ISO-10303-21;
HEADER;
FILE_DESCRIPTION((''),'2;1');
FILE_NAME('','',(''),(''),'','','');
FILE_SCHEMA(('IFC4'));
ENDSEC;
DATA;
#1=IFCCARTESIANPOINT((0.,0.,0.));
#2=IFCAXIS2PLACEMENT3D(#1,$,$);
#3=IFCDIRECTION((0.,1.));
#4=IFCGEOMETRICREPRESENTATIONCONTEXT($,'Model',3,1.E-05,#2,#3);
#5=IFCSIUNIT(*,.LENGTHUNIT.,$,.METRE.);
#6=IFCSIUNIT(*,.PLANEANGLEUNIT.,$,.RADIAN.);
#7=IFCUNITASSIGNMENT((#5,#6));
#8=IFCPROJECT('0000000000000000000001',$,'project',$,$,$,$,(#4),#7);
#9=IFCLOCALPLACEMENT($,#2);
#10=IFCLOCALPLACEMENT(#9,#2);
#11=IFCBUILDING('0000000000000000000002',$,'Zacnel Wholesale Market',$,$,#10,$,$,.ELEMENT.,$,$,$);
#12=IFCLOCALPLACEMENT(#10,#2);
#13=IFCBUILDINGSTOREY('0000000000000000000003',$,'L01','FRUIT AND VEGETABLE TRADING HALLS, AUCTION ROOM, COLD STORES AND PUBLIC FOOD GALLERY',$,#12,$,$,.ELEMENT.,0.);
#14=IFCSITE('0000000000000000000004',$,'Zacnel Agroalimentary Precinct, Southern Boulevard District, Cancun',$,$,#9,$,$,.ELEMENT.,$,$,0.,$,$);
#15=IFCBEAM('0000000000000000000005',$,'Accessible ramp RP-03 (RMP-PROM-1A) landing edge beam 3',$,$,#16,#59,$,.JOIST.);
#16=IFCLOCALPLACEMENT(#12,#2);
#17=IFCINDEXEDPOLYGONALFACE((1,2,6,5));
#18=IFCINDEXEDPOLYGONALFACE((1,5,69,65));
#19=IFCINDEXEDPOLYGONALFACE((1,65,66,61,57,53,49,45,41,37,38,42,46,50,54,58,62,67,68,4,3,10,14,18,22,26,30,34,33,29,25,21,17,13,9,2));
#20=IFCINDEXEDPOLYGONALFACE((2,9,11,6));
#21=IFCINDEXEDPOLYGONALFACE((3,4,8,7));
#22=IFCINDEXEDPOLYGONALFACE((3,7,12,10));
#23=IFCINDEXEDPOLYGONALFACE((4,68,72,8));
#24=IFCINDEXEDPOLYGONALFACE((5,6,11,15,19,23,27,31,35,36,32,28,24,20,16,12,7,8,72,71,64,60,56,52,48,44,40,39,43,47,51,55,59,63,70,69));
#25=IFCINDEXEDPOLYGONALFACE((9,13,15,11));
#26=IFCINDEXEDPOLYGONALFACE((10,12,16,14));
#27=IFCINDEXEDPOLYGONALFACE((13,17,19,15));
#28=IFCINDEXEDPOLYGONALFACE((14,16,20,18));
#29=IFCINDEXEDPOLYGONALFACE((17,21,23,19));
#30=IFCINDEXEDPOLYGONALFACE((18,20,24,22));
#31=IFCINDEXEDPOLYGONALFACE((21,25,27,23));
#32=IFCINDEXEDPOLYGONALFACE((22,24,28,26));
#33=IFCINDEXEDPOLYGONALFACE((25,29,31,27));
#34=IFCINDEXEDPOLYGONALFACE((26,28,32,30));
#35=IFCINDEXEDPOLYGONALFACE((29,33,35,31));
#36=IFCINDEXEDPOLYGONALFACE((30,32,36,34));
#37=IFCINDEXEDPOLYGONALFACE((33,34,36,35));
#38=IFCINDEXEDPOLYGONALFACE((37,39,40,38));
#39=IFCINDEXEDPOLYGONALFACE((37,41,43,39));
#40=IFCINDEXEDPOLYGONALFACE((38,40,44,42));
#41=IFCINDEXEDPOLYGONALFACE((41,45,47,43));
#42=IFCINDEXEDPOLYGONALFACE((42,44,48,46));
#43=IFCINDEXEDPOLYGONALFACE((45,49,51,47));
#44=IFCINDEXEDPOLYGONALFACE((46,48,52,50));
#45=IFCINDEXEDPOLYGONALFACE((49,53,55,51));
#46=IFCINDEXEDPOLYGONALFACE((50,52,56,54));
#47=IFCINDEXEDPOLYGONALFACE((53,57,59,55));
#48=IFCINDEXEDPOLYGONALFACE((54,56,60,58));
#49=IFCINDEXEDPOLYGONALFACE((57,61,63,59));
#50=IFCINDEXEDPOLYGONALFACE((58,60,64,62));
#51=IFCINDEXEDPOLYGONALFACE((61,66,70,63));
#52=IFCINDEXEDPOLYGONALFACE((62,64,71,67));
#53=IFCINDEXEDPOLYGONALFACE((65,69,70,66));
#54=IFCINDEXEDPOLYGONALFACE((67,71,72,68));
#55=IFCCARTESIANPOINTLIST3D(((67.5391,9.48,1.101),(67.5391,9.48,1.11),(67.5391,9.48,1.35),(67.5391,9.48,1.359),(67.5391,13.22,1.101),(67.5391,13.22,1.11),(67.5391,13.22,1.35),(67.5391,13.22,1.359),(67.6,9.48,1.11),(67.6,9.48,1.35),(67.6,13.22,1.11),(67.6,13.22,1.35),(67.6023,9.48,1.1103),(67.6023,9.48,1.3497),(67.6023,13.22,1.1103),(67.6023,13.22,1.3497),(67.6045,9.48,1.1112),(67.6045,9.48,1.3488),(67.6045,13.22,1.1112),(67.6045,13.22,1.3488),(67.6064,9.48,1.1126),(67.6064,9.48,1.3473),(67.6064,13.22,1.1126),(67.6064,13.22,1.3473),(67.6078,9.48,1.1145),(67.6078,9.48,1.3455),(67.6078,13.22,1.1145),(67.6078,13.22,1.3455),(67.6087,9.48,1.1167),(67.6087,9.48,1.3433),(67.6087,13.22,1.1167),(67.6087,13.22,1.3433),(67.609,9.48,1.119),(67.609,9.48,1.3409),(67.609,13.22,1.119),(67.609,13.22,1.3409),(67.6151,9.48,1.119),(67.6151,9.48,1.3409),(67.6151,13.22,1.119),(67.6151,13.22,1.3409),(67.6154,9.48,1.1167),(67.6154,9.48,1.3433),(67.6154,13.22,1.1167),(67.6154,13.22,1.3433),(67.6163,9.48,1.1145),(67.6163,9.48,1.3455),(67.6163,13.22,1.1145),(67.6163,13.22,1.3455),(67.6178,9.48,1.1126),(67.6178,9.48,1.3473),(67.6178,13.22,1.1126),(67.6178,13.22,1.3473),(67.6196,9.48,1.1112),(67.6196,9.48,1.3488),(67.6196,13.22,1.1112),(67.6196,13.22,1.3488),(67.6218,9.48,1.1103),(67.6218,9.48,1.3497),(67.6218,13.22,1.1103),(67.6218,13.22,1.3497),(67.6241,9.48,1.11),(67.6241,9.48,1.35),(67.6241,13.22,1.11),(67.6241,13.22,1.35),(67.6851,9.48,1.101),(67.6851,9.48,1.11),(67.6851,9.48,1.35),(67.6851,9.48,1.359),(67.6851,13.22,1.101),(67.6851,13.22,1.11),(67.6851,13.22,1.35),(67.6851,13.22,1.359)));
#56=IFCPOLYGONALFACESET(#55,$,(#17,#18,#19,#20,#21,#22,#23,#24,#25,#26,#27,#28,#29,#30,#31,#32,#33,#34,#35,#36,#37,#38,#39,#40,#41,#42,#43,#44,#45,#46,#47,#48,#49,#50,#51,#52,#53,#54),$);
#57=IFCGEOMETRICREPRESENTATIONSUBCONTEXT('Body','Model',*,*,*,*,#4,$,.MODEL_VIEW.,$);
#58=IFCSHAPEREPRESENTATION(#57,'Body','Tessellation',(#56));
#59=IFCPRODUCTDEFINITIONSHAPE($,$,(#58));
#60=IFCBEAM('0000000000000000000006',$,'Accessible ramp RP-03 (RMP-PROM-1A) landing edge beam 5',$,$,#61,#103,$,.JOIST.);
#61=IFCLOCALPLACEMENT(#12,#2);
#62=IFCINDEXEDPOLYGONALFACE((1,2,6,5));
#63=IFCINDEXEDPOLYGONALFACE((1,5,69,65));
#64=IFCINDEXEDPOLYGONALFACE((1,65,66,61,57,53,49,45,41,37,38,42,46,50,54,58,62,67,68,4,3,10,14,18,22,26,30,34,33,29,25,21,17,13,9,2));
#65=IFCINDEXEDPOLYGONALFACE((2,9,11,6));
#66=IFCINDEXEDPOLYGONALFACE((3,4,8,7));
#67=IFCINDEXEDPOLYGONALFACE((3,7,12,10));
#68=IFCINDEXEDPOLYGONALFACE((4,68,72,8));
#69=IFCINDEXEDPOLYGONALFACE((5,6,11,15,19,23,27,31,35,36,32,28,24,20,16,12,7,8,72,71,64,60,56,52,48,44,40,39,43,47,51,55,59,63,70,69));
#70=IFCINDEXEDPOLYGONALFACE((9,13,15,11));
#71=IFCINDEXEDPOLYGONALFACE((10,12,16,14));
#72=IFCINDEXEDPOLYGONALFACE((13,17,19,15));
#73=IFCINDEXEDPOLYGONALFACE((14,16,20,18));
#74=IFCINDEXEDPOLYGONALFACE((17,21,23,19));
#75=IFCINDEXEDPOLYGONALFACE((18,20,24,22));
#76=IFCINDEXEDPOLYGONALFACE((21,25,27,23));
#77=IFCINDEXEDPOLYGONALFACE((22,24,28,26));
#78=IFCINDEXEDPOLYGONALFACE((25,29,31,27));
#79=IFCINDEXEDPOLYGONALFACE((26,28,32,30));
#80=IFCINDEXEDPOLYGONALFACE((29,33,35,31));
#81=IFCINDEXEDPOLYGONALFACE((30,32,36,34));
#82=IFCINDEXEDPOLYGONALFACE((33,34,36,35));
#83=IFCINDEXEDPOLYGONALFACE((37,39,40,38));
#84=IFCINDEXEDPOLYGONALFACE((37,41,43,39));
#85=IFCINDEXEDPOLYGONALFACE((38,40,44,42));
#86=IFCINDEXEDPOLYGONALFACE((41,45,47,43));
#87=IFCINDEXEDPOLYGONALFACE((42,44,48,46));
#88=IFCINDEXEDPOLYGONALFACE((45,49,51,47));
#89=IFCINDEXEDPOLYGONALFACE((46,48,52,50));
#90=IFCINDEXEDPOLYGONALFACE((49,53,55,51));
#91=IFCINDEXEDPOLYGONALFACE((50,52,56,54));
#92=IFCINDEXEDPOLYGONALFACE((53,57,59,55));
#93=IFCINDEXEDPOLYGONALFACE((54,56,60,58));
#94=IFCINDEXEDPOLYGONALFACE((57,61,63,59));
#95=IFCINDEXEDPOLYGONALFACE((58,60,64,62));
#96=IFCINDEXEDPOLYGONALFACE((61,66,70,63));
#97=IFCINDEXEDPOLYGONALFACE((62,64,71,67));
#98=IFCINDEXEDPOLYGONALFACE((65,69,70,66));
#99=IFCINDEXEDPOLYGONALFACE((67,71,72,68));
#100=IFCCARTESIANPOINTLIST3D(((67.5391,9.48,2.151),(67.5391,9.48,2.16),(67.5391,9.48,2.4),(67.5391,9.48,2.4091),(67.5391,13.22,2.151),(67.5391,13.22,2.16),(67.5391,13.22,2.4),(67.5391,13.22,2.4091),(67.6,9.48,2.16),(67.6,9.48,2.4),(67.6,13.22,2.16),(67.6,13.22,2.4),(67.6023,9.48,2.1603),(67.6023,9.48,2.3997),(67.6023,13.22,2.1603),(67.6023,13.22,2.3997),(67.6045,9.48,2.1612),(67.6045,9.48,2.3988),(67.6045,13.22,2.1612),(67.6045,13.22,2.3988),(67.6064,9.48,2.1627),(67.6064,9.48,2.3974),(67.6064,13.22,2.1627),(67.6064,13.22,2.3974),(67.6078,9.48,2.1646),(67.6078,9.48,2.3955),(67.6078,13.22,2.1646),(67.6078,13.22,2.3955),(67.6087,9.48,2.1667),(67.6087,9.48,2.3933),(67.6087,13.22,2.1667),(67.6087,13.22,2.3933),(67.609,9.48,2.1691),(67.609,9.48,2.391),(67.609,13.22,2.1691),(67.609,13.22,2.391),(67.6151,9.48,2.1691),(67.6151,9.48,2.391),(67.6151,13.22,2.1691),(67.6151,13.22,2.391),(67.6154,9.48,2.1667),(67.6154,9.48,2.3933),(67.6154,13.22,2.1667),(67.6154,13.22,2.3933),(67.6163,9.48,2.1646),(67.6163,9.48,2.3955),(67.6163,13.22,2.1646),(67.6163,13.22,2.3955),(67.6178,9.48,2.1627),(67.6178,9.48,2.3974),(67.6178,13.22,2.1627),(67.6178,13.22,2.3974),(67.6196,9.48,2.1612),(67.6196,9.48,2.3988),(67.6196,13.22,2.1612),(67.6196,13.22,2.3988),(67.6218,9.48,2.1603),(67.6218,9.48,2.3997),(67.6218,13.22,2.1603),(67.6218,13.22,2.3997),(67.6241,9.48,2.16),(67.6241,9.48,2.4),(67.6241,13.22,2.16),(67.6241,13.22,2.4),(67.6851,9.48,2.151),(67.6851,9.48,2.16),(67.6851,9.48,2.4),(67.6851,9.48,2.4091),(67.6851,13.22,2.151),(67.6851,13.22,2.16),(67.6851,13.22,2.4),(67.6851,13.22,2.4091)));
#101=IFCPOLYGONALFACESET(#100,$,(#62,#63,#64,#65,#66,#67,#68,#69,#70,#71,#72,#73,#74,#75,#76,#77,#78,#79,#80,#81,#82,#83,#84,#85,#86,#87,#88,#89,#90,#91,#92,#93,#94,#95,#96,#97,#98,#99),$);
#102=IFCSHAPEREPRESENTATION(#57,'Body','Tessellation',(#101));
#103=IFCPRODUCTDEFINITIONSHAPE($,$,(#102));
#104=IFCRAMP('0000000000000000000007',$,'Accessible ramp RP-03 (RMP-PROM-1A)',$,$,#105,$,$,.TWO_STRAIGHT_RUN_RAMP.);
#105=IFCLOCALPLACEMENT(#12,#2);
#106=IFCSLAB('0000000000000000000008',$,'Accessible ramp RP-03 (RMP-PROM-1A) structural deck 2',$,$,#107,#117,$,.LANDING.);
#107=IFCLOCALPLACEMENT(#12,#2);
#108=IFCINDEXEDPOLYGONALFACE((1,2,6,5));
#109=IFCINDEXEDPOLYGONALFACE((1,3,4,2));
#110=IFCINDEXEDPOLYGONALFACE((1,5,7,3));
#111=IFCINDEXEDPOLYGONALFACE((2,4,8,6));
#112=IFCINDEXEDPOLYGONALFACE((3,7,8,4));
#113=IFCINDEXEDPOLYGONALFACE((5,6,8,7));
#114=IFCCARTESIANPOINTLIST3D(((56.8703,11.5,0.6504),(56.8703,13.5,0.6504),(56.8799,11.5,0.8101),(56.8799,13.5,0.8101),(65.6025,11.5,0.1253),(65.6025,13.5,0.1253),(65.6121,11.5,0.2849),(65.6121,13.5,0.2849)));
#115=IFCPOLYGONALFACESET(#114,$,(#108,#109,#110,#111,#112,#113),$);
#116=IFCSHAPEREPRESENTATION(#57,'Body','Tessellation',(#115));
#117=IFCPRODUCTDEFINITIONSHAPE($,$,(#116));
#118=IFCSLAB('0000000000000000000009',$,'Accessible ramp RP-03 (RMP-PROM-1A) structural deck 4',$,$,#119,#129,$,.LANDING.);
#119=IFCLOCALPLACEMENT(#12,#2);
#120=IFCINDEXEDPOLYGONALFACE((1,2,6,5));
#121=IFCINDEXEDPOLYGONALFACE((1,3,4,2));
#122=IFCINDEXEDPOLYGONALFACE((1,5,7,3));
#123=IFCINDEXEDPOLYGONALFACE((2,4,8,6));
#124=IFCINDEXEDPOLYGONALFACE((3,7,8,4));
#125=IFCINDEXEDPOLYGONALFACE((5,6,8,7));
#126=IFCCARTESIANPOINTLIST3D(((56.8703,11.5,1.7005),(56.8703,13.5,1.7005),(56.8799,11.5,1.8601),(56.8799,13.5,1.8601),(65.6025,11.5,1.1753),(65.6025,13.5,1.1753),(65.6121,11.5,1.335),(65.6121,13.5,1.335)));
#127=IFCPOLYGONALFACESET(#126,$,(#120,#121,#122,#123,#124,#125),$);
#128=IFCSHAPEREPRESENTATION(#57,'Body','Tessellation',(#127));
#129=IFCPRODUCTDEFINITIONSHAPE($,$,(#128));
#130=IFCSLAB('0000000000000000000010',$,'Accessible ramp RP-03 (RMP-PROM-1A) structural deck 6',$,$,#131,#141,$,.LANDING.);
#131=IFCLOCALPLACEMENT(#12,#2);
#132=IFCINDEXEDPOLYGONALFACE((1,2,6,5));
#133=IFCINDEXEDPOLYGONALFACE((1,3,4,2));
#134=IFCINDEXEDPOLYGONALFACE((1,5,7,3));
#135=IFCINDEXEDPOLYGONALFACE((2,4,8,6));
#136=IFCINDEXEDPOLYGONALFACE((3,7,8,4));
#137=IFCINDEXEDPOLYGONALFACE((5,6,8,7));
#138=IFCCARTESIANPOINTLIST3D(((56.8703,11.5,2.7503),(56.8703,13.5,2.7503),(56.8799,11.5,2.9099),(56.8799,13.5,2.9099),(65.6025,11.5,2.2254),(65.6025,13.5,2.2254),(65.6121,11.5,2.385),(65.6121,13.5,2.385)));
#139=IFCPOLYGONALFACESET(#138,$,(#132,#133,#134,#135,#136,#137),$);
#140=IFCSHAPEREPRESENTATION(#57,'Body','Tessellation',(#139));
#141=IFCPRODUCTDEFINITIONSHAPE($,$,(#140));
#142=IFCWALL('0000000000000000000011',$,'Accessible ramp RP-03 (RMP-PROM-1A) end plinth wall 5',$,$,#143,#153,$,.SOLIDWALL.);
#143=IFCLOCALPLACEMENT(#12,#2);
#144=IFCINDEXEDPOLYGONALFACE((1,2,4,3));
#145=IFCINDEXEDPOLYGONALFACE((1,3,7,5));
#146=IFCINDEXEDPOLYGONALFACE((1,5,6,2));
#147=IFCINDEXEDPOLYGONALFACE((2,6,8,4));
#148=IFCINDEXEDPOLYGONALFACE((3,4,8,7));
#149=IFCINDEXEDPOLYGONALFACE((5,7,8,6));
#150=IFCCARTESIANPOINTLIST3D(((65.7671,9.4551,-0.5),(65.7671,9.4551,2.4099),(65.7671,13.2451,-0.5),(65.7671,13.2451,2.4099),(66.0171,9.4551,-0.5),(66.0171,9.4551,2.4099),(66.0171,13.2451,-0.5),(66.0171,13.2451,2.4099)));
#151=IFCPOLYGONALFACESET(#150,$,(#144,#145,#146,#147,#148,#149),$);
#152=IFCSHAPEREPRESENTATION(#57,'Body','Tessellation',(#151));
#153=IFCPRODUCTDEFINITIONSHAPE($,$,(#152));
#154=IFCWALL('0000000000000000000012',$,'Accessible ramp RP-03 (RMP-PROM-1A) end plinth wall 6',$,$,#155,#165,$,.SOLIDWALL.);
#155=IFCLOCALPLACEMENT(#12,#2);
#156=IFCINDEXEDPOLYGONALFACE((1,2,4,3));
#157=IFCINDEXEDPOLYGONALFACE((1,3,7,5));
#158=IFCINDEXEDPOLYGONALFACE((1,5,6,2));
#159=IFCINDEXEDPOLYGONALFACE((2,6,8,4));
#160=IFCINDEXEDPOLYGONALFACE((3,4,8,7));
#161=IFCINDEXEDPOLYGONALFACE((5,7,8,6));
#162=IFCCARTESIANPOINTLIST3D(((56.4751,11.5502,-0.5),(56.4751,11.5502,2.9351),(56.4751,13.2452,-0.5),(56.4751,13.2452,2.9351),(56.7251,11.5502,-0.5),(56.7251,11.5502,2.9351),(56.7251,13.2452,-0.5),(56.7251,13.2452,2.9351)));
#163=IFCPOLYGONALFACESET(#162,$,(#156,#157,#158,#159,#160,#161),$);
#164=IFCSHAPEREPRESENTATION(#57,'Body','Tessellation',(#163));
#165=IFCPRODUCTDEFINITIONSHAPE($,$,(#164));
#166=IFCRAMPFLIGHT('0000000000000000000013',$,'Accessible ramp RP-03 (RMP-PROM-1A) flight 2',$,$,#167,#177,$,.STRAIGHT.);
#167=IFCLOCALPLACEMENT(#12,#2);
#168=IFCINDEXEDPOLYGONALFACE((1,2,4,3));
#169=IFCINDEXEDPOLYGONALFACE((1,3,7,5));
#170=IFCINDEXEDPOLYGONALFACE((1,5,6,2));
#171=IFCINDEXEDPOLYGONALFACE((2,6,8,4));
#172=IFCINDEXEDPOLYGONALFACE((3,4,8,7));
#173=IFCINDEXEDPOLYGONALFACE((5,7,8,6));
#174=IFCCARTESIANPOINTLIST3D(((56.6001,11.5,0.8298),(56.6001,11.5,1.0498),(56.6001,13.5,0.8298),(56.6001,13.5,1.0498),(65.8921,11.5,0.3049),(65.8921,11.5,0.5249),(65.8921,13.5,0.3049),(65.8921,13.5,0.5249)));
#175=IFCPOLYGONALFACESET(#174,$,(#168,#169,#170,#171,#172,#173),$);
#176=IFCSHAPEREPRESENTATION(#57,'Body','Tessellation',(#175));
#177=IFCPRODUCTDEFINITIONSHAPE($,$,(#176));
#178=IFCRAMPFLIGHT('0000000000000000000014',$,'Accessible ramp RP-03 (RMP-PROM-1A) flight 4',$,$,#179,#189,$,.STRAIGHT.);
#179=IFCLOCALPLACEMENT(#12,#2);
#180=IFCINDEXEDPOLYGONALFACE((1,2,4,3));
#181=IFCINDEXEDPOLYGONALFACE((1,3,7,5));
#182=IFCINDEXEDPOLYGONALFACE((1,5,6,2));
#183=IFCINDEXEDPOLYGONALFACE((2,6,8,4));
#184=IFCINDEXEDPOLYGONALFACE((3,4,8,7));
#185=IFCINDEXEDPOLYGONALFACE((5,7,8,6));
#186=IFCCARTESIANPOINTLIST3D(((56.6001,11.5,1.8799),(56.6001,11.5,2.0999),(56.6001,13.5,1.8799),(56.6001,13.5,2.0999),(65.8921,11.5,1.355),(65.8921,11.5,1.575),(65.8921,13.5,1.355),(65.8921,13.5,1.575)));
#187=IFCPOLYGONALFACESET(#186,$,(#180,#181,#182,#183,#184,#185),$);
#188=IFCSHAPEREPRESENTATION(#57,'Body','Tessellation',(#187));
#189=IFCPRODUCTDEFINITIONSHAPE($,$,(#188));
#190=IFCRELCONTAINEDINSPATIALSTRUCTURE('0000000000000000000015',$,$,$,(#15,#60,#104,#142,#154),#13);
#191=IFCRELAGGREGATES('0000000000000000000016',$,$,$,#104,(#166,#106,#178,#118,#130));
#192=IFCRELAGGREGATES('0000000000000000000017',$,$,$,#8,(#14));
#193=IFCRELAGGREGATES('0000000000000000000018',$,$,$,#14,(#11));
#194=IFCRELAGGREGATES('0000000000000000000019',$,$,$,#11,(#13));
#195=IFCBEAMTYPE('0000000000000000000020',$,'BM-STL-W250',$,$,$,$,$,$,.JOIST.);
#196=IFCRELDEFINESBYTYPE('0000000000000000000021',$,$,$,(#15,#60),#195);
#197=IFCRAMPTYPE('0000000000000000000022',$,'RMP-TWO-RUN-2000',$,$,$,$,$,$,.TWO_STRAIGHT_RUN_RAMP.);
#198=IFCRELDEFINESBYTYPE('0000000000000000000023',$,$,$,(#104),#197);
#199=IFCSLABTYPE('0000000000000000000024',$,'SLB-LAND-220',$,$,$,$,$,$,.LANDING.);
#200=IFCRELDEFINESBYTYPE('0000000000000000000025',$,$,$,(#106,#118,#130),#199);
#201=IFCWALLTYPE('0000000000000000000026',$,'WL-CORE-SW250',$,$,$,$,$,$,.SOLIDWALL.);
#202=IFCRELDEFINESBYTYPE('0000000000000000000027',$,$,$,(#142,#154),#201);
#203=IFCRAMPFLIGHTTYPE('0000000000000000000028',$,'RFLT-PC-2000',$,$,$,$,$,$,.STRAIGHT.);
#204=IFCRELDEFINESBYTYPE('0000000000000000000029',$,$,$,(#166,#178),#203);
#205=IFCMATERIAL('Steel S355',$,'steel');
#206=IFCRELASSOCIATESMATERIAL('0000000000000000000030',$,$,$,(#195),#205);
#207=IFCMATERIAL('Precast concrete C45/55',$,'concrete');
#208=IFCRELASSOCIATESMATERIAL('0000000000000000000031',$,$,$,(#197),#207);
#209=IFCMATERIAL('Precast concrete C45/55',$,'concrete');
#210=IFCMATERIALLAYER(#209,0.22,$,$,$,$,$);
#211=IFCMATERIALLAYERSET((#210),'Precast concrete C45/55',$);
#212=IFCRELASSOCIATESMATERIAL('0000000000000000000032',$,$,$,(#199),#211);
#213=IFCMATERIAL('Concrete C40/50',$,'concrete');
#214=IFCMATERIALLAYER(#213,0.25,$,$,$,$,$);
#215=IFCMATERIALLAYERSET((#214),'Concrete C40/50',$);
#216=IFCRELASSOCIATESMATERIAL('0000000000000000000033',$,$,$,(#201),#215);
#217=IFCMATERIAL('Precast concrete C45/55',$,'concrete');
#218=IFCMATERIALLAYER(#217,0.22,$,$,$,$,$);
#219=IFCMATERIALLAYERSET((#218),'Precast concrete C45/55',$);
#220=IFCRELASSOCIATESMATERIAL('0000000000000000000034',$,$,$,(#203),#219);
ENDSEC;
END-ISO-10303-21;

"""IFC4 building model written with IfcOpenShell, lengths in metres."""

from ifc_helpers import new_model, si_unit, direction, frame, frame_2d, origin, origin_2d, place, context, subcontext, project, spatial, polyline, rectangle, i_section, outline, extrude, material, layer, layer_set, material_profile, profile_set, type_object, element, aggregate, save


model = new_model("IFC4")

# Units and contexts
model_context = context("Model", 3, precision=1e-05, world=origin(), true_north=direction((0.0, 1.0)))
body_context = subcontext(model_context, "Body", "Model", "MODEL_VIEW")
ifc_project = project(units=[si_unit("LENGTHUNIT", "METRE"), si_unit("PLANEANGLEUNIT", "RADIAN")], contexts=[model_context])

# Site, building, storey
site_placement = place(None, origin())
site = spatial("IfcSite", under=ifc_project, at=site_placement, Name="Zacnel Agroalimentary Precinct, Southern Boulevard District, Cancun", CompositionType="ELEMENT", RefElevation=0.0)
building_placement = place(site_placement, origin())
building = spatial("IfcBuilding", under=site, at=building_placement, Name="Zacnel Wholesale Market", CompositionType="ELEMENT")
storey_placement = place(building_placement, origin())
storey = spatial("IfcBuildingStorey", under=building, at=storey_placement, Name="L01", Description="FRUIT AND VEGETABLE TRADING HALLS, AUCTION ROOM, COLD STORES AND PUBLIC FOOD GALLERY", CompositionType="ELEMENT", Elevation=0.0)

# Beams
ifc_material_1 = material(Name="Steel S355", Category="steel")
ifc_material_profile_1 = material_profile(ifc_material_1, i_section(OverallWidth=0.146, OverallDepth=0.2581, WebThickness=0.0061, FlangeThickness=0.009, FilletRadius=0.009, at=origin_2d()), Name="W250X32.7")
ifc_profile_set_1 = profile_set([ifc_material_profile_1], Name="Steel S355")
beam_type = type_object("IfcBeamType", Name="BM-STL-W250", PredefinedType="JOIST", material=ifc_profile_set_1)
for number, where, z_axis, x_axis, name in (
    (1, (67.6121, 9.48, 1.23), (0.0, 1.0, 0.0), (-1.0, 0.0, 0.0), "Accessible ramp RP-03 (RMP-PROM-1A) landing edge beam 3"),
    (2, (67.6121, 9.48, 2.28), (0.0, 1.0, 0.0), (-1.0, 0.0, 0.0), "Accessible ramp RP-03 (RMP-PROM-1A) landing edge beam 5"),
):
    element("IfcBeam", number, at=place(storey_placement, frame(where, z_axis=z_axis, x_axis=x_axis)), inside=storey, type_object=beam_type, Name=name, PredefinedType="JOIST", context=body_context, shape_type="SweptSolid", body=[
        extrude(i_section(OverallWidth=0.146, OverallDepth=0.2581, WebThickness=0.0061, FlangeThickness=0.009, FilletRadius=0.009, at=origin_2d()), origin(), (0.0, 0.0, 1.0), 3.74),
    ])

# Ramp, slabs
ifc_material_2 = material(Name="Precast concrete C45/55", Category="concrete")
ramp_type = type_object("IfcRampType", Name="RMP-TWO-RUN-2000", PredefinedType="TWO_STRAIGHT_RUN_RAMP", material=ifc_material_2)
ramp_placement = place(storey_placement, origin())
ramp = element("IfcRamp", 3, at=ramp_placement, inside=storey, type_object=ramp_type, Name="Accessible ramp RP-03 (RMP-PROM-1A)", PredefinedType="TWO_STRAIGHT_RUN_RAMP")
ifc_material_3 = material(Name="Precast concrete C45/55", Category="concrete")
ifc_layer_1 = layer(ifc_material_3, 0.22)
ifc_layer_set_1 = layer_set([ifc_layer_1], Name="Precast concrete C45/55")
slab_type = type_object("IfcSlabType", Name="SLB-LAND-220", PredefinedType="LANDING", material=ifc_layer_set_1)
slab_1_placement = place(storey_placement, frame((56.8799, 11.5, 0.8101), z_axis=(0.060031, 0.0, 0.998197), x_axis=(0.998197, 0.0, -0.060031)))
slab_1 = element("IfcSlab", 4, at=slab_1_placement, type_object=slab_type, Name="Accessible ramp RP-03 (RMP-PROM-1A) structural deck 2", PredefinedType="LANDING", context=body_context, shape_type="SweptSolid", body=[
    extrude(outline(polyline([(0.0, 0.0), (8.748, 0.0), (8.748, 2.0), (0.0, 2.0), (0.0, 0.0)])), origin(), (0.0, 0.0, -1.0), 0.1599),
])
slab_2_placement = place(storey_placement, frame((56.8799, 11.5, 1.8601), z_axis=(0.060031, 0.0, 0.998197), x_axis=(0.998197, 0.0, -0.060031)))
slab_2 = element("IfcSlab", 5, at=slab_2_placement, type_object=slab_type, Name="Accessible ramp RP-03 (RMP-PROM-1A) structural deck 4", PredefinedType="LANDING", context=body_context, shape_type="SweptSolid", body=[
    extrude(outline(polyline([(0.0, 0.0), (8.748, 0.0), (8.748, 2.0), (0.0, 2.0), (0.0, 0.0)])), origin(), (0.0, 0.0, -1.0), 0.1599),
])
slab_3_placement = place(storey_placement, frame((56.8799, 11.5, 2.9099), z_axis=(0.060003, 0.0, 0.998198), x_axis=(0.998198, 0.0, -0.060003)))
slab_3 = element("IfcSlab", 6, at=slab_3_placement, type_object=slab_type, Name="Accessible ramp RP-03 (RMP-PROM-1A) structural deck 6", PredefinedType="LANDING", context=body_context, shape_type="SweptSolid", body=[
    extrude(outline(polyline([(0.0, 0.0), (8.7479, 0.0), (8.7479, 2.0), (0.0, 2.0), (0.0, 0.0)])), origin(), (0.0, 0.0, -1.0), 0.1599),
])

# Walls
ifc_material_4 = material(Name="Concrete C40/50", Category="concrete")
ifc_layer_2 = layer(ifc_material_4, 0.25)
ifc_layer_set_2 = layer_set([ifc_layer_2], Name="Concrete C40/50")
wall_type = type_object("IfcWallType", Name="WL-CORE-SW250", PredefinedType="SOLIDWALL", material=ifc_layer_set_2)
wall_1_placement = place(storey_placement, frame((65.8921, 9.4551, -0.5), z_axis=(0.0, 0.0, 1.0), x_axis=(0.0, 1.0, 0.0)))
element("IfcWall", 7, at=wall_1_placement, inside=storey, type_object=wall_type, Name="Accessible ramp RP-03 (RMP-PROM-1A) end plinth wall 5", PredefinedType="SOLIDWALL", context=body_context, shape_type="SweptSolid", body=[
    extrude(rectangle(XDim=3.79, YDim=0.25, at=frame_2d((1.895, 0.0))), origin(), (0.0, 0.0, 1.0), 2.9099),
])
wall_2_placement = place(storey_placement, frame((56.6001, 11.55, -0.5), z_axis=(0.0, 0.0, 1.0), x_axis=(0.0, 1.0, 0.0)))
element("IfcWall", 8, at=wall_2_placement, inside=storey, type_object=wall_type, Name="Accessible ramp RP-03 (RMP-PROM-1A) end plinth wall 6", PredefinedType="SOLIDWALL", context=body_context, shape_type="SweptSolid", body=[
    extrude(rectangle(XDim=1.6951, YDim=0.25, at=frame_2d((0.8477, 0.0))), origin(), (0.0, 0.0, 1.0), 3.4351),
])

# Ramp flights
ifc_material_5 = material(Name="Precast concrete C45/55", Category="concrete")
ifc_layer_3 = layer(ifc_material_5, 0.22)
ifc_layer_set_3 = layer_set([ifc_layer_3], Name="Precast concrete C45/55")
ramp_flight_type = type_object("IfcRampFlightType", Name="RFLT-PC-2000", PredefinedType="STRAIGHT", material=ifc_layer_set_3)
ramp_flight_1_placement = place(storey_placement, frame((65.8921, 12.5, 0.5249), z_axis=(0.0, 0.0, 1.0), x_axis=(-1.0, 0.0, 0.0)))
ramp_flight_1 = element("IfcRampFlight", 9, at=ramp_flight_1_placement, type_object=ramp_flight_type, Name="Accessible ramp RP-03 (RMP-PROM-1A) flight 2", PredefinedType="STRAIGHT", context=body_context, shape_type="SweptSolid", body=[
    extrude(outline(polyline([(0.0, 0.0), (9.292, 0.5249), (9.292, 0.3049), (0.0, -0.22), (0.0, 0.0)])), frame((0.0, 1.0, 0.0), z_axis=(0.0, -1.0, 0.0), x_axis=(1.0, 0.0, 0.0)), (0.0, 0.0, 1.0), 2.0),
])
ramp_flight_2_placement = place(storey_placement, frame((65.8921, 12.5, 1.575), z_axis=(0.0, 0.0, 1.0), x_axis=(-1.0, 0.0, 0.0)))
ramp_flight_2 = element("IfcRampFlight", 10, at=ramp_flight_2_placement, type_object=ramp_flight_type, Name="Accessible ramp RP-03 (RMP-PROM-1A) flight 4", PredefinedType="STRAIGHT", context=body_context, shape_type="SweptSolid", body=[
    extrude(outline(polyline([(0.0, 0.0), (9.292, 0.5249), (9.292, 0.3049), (0.0, -0.22), (0.0, 0.0)])), frame((0.0, 1.0, 0.0), z_axis=(0.0, -1.0, 0.0), x_axis=(1.0, 0.0, 0.0)), (0.0, 0.0, 1.0), 2.0),
])
aggregate(ramp, [ramp_flight_1, slab_1, ramp_flight_2, slab_2, slab_3])

save(model, "model.ifc")
